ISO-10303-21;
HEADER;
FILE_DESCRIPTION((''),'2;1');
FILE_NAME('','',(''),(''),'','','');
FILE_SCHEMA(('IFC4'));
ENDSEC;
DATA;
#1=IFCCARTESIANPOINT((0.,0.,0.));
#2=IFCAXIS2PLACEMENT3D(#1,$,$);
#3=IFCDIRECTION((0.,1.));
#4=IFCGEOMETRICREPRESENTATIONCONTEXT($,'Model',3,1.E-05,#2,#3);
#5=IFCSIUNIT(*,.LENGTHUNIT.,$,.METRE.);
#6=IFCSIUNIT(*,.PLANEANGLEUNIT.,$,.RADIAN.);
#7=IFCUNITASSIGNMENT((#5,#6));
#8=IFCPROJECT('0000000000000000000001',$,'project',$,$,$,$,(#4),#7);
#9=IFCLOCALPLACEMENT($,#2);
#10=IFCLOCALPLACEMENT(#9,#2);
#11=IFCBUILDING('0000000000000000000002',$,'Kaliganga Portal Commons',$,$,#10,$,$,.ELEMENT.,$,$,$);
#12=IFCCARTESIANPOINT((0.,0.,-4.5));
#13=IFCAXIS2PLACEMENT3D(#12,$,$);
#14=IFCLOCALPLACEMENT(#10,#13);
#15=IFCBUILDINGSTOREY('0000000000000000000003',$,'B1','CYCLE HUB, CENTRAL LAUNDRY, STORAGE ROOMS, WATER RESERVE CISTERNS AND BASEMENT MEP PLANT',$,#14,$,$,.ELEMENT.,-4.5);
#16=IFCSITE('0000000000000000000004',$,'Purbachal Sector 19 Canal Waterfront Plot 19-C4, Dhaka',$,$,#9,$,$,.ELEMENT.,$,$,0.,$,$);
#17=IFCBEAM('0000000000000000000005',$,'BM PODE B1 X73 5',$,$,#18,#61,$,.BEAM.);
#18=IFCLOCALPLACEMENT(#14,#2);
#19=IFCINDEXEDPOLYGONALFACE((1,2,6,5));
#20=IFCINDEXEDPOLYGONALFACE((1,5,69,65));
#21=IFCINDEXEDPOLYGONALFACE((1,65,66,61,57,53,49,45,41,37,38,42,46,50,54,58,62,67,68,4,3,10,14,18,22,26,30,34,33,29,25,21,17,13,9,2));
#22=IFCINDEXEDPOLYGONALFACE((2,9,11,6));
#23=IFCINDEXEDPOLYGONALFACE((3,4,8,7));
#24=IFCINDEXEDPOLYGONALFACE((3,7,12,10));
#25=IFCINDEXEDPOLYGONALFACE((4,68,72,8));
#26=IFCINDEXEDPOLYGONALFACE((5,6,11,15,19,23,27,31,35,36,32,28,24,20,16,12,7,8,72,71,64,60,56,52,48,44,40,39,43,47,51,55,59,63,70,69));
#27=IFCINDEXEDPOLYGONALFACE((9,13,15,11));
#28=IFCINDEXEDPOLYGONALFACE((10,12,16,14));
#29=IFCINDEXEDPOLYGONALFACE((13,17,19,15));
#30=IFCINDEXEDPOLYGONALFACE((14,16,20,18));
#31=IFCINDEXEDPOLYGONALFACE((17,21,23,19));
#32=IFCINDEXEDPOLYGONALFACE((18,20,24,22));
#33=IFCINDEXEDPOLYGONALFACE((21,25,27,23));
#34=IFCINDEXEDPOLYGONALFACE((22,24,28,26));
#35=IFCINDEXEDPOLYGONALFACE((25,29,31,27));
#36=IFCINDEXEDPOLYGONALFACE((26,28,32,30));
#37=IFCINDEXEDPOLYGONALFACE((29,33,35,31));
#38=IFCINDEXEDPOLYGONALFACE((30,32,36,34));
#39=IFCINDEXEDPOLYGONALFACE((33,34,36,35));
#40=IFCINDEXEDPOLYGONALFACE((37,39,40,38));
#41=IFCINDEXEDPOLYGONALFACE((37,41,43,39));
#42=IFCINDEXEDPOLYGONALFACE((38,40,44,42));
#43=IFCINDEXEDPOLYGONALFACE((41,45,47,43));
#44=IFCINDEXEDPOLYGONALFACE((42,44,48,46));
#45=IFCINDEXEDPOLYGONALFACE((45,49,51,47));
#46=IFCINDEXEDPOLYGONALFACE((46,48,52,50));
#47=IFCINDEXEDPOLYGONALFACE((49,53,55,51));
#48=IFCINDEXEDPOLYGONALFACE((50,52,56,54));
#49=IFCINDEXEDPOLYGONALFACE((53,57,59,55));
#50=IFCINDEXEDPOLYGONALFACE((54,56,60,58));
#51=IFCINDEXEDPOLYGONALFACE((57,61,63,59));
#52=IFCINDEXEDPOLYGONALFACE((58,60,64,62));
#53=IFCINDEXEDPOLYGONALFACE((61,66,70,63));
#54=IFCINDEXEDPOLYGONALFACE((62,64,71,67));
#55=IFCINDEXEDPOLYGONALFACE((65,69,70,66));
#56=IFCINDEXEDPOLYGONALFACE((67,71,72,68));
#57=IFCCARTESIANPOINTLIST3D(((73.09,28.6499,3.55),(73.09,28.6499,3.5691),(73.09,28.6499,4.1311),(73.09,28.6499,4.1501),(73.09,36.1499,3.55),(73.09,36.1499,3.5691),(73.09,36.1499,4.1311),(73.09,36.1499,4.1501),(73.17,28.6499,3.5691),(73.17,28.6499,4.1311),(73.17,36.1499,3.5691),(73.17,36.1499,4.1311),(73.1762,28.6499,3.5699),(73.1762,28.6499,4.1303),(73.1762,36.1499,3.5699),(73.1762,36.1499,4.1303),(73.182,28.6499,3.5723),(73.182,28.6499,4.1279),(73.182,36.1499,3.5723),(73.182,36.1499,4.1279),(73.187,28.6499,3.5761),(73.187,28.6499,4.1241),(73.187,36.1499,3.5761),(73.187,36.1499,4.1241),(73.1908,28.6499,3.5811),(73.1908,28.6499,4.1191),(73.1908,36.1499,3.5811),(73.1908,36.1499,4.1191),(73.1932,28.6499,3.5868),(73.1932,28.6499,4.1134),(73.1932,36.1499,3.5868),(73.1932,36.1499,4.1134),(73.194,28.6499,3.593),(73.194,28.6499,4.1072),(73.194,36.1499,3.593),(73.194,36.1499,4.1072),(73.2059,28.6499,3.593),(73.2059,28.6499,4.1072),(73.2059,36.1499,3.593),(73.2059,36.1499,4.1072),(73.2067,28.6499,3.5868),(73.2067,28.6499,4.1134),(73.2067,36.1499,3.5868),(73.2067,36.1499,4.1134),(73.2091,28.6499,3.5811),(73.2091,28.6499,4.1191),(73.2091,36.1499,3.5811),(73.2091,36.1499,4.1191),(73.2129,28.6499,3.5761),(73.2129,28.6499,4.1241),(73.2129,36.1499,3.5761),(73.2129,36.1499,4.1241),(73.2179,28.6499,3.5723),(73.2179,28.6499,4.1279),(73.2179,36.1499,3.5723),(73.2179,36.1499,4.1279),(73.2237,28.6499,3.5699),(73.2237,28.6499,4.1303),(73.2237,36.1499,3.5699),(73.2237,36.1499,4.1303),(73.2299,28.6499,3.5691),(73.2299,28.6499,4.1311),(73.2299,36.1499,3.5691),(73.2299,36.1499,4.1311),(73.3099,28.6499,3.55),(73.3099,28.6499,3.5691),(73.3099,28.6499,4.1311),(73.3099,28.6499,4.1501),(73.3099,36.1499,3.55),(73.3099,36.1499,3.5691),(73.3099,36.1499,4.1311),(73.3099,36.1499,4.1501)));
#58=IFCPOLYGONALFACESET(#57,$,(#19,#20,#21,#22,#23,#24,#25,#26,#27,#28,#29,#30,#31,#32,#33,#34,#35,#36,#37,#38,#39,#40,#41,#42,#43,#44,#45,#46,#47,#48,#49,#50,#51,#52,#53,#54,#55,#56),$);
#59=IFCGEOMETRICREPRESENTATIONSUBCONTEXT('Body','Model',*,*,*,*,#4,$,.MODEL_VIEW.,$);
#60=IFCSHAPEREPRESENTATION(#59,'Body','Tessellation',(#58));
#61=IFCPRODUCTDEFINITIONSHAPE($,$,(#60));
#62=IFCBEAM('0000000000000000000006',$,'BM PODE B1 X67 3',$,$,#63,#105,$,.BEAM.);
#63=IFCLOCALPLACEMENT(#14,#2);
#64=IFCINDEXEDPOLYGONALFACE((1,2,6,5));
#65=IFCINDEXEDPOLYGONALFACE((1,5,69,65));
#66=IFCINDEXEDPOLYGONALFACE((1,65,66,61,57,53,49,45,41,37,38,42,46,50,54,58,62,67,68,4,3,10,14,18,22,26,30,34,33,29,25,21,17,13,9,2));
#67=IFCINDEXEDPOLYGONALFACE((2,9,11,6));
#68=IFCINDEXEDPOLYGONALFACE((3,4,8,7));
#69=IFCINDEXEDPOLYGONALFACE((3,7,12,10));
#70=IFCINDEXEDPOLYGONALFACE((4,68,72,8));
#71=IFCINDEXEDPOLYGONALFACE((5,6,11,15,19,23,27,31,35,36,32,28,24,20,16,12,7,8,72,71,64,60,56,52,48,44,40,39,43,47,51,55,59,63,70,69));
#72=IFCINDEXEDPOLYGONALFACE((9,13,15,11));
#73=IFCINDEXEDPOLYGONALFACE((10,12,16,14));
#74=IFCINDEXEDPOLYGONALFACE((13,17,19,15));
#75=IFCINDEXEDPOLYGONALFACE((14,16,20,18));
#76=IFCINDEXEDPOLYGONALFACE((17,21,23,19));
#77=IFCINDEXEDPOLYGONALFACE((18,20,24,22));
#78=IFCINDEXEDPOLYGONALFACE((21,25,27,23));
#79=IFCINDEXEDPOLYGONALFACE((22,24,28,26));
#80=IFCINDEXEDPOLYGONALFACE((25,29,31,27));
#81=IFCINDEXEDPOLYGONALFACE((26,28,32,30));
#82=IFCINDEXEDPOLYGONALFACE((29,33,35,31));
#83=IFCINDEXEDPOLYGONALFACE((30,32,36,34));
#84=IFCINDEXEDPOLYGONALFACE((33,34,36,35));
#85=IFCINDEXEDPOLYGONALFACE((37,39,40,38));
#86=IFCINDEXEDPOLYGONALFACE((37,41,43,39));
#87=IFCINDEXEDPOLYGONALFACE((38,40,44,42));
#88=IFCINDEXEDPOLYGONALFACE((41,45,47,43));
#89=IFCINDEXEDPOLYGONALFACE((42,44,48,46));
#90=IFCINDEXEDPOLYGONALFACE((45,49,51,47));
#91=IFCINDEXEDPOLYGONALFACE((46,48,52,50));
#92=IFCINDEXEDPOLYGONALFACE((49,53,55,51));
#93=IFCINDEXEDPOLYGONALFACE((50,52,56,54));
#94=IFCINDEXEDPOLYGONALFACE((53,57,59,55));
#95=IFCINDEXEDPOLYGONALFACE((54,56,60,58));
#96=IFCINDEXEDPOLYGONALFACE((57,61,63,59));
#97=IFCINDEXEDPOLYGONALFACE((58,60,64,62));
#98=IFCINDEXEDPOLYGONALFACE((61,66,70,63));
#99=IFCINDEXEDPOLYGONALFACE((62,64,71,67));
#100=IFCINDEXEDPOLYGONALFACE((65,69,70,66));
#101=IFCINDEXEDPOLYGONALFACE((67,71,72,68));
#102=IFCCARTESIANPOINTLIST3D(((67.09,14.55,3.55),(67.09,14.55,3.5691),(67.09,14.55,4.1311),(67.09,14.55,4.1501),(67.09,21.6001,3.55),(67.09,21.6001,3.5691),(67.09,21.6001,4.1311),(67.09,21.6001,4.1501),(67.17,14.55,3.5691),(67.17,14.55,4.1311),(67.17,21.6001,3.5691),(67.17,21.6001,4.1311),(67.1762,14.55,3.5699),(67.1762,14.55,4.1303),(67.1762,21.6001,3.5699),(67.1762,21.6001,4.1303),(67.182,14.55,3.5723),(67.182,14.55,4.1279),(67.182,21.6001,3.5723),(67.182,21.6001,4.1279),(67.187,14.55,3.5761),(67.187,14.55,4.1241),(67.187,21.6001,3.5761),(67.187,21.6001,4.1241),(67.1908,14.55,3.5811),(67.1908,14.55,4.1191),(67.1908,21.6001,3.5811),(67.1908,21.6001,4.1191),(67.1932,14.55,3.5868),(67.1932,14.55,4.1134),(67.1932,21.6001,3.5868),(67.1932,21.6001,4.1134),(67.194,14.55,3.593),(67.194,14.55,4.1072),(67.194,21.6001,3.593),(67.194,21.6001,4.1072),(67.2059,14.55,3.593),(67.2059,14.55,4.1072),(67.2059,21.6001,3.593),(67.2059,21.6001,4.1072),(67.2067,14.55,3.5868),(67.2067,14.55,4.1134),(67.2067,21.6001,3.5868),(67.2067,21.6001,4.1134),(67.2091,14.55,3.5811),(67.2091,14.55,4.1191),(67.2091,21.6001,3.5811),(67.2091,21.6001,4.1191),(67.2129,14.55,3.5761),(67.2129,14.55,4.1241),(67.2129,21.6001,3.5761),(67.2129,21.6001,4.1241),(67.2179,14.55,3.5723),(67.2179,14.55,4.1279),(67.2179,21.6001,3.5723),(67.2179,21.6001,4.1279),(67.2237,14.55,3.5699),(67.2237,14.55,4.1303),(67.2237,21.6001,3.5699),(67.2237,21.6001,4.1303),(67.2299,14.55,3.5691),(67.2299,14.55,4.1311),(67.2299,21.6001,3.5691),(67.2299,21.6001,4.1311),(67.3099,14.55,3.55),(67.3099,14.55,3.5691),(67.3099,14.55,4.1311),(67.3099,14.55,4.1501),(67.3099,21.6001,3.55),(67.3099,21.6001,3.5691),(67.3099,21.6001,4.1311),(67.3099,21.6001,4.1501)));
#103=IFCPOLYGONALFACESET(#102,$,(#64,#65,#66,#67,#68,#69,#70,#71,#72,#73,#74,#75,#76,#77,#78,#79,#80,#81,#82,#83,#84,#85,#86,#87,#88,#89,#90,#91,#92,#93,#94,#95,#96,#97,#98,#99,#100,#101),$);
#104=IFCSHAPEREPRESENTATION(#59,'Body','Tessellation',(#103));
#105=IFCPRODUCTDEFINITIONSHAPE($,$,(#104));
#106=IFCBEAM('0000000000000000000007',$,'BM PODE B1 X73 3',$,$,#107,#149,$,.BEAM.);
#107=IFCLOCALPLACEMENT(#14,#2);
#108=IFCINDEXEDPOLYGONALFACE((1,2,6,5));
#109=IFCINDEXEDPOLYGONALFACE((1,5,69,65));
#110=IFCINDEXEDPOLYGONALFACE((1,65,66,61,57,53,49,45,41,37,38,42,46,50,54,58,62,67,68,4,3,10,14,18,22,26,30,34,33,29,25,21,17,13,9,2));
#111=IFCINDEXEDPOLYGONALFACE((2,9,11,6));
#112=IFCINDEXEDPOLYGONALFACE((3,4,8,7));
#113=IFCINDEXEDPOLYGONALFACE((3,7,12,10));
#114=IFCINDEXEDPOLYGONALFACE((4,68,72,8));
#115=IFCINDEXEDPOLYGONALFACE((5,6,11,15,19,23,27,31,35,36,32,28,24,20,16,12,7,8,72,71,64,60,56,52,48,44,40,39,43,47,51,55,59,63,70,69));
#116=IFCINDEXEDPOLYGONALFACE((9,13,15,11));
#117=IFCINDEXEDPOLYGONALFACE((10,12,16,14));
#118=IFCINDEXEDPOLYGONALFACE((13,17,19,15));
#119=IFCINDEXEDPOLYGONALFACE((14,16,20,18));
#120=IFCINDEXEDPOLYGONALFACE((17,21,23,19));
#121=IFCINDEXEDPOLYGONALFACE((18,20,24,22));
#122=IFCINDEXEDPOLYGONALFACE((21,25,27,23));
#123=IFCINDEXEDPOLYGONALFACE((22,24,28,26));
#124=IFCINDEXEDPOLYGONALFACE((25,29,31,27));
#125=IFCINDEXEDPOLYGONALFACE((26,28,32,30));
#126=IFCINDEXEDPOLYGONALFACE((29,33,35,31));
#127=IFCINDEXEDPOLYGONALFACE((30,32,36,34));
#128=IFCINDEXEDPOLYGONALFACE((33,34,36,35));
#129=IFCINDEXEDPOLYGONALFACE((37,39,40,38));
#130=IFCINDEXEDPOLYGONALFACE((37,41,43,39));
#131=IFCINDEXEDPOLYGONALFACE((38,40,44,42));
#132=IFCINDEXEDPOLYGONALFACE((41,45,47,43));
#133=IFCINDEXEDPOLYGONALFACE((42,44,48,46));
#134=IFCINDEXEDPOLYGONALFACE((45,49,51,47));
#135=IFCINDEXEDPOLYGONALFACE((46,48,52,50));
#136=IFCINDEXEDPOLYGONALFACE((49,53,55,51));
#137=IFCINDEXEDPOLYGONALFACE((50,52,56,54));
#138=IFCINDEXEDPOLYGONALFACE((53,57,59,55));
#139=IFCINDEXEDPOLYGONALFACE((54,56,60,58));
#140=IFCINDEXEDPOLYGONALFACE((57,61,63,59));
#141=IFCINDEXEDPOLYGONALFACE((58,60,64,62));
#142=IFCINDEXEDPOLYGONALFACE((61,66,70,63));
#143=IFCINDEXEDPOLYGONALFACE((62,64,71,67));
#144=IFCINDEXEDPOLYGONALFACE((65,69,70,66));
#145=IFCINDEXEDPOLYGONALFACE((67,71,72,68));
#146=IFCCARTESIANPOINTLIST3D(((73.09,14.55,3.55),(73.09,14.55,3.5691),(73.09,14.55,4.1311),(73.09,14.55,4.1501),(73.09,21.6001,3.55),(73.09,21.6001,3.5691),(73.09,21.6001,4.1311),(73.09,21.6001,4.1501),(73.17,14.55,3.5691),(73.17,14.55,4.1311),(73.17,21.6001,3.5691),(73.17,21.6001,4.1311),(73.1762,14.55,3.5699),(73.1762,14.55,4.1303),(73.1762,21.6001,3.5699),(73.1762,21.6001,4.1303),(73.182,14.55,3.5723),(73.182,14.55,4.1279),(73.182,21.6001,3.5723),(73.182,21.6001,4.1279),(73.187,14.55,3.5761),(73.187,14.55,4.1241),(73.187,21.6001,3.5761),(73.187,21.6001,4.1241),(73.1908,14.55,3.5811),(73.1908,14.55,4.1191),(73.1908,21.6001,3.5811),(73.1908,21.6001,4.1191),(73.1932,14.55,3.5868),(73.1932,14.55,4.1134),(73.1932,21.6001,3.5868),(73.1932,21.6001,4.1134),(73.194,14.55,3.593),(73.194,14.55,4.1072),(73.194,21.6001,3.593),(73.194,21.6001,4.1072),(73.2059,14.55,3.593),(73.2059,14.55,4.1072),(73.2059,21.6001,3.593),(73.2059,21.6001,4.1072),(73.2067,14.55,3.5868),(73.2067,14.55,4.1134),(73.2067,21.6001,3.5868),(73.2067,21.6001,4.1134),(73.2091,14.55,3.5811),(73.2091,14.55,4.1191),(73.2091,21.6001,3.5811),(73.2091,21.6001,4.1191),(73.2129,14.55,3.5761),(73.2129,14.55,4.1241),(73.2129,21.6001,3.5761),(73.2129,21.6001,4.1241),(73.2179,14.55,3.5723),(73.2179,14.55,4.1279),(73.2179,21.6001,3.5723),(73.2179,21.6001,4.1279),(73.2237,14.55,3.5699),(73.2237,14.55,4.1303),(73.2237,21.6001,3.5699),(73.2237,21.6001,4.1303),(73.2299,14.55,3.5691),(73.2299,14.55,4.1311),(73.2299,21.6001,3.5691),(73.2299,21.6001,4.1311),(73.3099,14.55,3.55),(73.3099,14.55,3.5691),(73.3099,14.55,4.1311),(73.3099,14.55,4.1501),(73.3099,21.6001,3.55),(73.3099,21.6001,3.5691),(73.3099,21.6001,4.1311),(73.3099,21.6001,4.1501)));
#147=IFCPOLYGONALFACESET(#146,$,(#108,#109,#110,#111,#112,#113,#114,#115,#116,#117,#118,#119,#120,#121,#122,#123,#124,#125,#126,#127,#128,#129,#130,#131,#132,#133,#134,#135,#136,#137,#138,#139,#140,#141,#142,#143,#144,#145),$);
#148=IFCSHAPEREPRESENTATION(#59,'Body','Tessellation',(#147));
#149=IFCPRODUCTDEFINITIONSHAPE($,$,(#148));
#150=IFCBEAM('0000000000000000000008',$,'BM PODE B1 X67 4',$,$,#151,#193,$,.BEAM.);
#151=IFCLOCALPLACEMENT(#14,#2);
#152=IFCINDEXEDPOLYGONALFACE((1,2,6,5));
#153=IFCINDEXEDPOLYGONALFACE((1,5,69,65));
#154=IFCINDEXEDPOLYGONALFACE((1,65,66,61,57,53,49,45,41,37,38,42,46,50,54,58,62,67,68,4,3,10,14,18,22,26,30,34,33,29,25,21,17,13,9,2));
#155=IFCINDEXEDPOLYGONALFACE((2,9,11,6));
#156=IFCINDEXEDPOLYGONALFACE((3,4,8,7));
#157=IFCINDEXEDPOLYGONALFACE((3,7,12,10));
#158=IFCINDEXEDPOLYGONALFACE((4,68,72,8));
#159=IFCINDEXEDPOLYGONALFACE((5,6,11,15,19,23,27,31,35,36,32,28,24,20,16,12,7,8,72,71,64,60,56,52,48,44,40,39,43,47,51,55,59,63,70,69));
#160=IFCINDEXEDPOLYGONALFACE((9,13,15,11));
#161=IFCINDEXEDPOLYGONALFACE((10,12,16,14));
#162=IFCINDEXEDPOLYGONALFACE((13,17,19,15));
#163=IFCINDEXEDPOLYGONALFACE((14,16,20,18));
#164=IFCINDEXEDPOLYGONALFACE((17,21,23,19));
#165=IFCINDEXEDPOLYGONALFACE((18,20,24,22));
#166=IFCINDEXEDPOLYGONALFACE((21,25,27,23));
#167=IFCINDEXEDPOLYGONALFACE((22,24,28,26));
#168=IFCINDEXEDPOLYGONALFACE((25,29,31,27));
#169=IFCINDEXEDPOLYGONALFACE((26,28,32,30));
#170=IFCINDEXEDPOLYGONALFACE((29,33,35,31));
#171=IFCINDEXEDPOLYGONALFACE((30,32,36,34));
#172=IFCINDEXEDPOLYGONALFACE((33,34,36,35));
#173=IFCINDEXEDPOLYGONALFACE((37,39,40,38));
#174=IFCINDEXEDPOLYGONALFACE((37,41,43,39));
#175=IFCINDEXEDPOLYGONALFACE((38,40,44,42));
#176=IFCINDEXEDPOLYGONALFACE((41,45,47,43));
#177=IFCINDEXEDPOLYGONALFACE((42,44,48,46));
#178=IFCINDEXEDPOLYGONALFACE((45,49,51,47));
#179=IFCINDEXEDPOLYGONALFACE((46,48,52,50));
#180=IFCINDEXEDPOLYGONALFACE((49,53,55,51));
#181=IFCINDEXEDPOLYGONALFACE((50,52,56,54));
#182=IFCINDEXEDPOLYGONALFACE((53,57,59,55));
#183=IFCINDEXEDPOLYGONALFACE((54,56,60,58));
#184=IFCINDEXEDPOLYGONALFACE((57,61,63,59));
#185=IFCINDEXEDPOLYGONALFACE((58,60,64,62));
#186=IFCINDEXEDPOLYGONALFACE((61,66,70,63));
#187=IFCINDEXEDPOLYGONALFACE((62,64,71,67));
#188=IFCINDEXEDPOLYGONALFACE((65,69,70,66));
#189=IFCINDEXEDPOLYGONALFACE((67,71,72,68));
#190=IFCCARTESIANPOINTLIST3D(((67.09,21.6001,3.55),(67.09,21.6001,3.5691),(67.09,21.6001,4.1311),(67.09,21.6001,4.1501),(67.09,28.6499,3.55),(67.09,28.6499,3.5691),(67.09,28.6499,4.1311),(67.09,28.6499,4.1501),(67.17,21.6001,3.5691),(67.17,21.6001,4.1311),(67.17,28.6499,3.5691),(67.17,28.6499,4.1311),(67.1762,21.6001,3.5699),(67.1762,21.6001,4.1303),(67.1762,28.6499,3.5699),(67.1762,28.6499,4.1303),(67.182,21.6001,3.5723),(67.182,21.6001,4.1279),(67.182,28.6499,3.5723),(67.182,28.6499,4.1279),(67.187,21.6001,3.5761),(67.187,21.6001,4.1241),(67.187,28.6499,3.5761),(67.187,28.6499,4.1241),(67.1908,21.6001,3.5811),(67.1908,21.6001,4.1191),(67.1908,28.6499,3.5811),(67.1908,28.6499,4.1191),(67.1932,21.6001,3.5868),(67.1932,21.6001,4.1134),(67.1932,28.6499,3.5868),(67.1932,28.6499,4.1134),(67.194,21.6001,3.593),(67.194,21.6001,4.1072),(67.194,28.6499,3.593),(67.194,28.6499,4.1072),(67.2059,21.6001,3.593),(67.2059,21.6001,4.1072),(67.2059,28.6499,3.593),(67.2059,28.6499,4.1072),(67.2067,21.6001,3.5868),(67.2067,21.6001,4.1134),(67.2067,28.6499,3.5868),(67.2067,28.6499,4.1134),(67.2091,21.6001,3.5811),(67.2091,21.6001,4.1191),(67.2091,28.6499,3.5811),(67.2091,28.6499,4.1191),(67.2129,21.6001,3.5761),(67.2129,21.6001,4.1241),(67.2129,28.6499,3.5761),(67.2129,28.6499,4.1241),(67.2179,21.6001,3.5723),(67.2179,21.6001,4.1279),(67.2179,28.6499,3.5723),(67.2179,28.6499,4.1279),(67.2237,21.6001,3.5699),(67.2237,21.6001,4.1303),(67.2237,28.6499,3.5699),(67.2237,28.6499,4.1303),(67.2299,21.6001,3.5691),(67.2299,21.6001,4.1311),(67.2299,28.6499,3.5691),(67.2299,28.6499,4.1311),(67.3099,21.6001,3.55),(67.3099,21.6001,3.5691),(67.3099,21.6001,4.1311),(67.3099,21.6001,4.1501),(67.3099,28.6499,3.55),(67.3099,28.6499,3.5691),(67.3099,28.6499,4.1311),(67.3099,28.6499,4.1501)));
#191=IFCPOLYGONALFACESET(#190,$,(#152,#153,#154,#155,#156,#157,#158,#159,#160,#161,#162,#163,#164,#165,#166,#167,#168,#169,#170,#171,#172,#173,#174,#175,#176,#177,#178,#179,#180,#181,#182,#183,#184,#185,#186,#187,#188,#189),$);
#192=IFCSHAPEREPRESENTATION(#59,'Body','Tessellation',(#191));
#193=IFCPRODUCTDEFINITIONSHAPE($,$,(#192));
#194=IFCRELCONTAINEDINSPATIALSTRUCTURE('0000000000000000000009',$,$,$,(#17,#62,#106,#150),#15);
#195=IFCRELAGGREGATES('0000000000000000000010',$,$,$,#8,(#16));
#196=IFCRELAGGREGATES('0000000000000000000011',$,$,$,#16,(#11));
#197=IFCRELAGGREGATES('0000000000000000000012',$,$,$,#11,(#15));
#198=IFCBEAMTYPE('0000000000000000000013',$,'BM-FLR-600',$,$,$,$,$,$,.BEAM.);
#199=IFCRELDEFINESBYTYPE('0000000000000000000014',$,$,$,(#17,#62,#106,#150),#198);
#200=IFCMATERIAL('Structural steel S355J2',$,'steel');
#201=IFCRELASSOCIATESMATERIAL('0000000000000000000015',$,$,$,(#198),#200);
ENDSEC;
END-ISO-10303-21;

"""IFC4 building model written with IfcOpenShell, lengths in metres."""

from ifc_helpers import new_model, si_unit, direction, frame, origin, origin_2d, place, context, subcontext, project, spatial, i_section, extrude, source, transform, mapped, material, material_profile, profile_set, type_object, element, save


model = new_model("IFC4")

# Units and contexts
model_context = context("Model", 3, precision=1e-05, world=origin(), true_north=direction((0.0, 1.0)))
body_context = subcontext(model_context, "Body", "Model", "MODEL_VIEW")
ifc_project = project(units=[si_unit("LENGTHUNIT", "METRE"), si_unit("PLANEANGLEUNIT", "RADIAN")], contexts=[model_context])

# Site, building, storey
site_placement = place(None, origin())
site = spatial("IfcSite", under=ifc_project, at=site_placement, Name="Purbachal Sector 19 Canal Waterfront Plot 19-C4, Dhaka", CompositionType="ELEMENT", RefElevation=0.0)
building_placement = place(site_placement, origin())
building = spatial("IfcBuilding", under=site, at=building_placement, Name="Kaliganga Portal Commons", CompositionType="ELEMENT")
storey_placement = place(building_placement, frame((0.0, 0.0, -4.5)))
storey = spatial("IfcBuildingStorey", under=building, at=storey_placement, Name="B1", Description="CYCLE HUB, CENTRAL LAUNDRY, STORAGE ROOMS, WATER RESERVE CISTERNS AND BASEMENT MEP PLANT", CompositionType="ELEMENT", Elevation=-4.5)

# Beams
ifc_material_1 = material(Name="Structural steel S355J2", Category="steel")
ifc_material_profile_1 = material_profile(ifc_material_1, i_section(OverallWidth=0.22, OverallDepth=0.6001, WebThickness=0.012, FlangeThickness=0.019, FilletRadius=0.0239, at=origin_2d()), Name="IPE 600")
ifc_profile_set_1 = profile_set([ifc_material_profile_1], Name="Structural steel S355J2 wide-flange")
beam_type_1 = type_object("IfcBeamType", Name="BM-FLR-600", PredefinedType="BEAM", material=ifc_profile_set_1)
shared_shape_1 = source(origin(), body_context, "Body", "SweptSolid", [
    extrude(i_section(OverallWidth=0.22, OverallDepth=0.6001, WebThickness=0.012, FlangeThickness=0.019, FilletRadius=0.0239, at=origin_2d()), origin(), (0.0, 0.0, 1.0), 7.5),
])
for number, where, z_axis, x_axis, name in (
    (1, (73.2, 28.6499, 3.8501), (0.0, 1.0, 0.0), (-1.0, 0.0, 0.0), "BM PODE B1 X73 5"),
):
    element("IfcBeam", number, at=place(storey_placement, frame(where, z_axis=z_axis, x_axis=x_axis)), inside=storey, type_object=beam_type_1, Name=name, PredefinedType="BEAM", context=body_context, shape_type="MappedRepresentation", body=[
        mapped(shared_shape_1, transform((0.0, 0.0, 0.0), x_axis=(1.0, 0.0, 0.0), y_axis=(0.0, 1.0, 0.0), z_axis=(0.0, 0.0, 1.0), scale=1.0)),
    ])
shared_shape_2 = source(origin(), body_context, "Body", "SweptSolid", [
    extrude(i_section(OverallWidth=0.22, OverallDepth=0.6001, WebThickness=0.012, FlangeThickness=0.019, FilletRadius=0.0239, at=origin_2d()), origin(), (0.0, 0.0, 1.0), 7.05),
])
for number, where, z_axis, x_axis, name in (
    (2, (67.2, 14.55, 3.8501), (0.0, 1.0, 0.0), (-1.0, 0.0, 0.0), "BM PODE B1 X67 3"),
    (3, (73.2, 14.55, 3.8501), (0.0, 1.0, 0.0), (-1.0, 0.0, 0.0), "BM PODE B1 X73 3"),
):
    element("IfcBeam", number, at=place(storey_placement, frame(where, z_axis=z_axis, x_axis=x_axis)), inside=storey, type_object=beam_type_1, Name=name, PredefinedType="BEAM", context=body_context, shape_type="MappedRepresentation", body=[
        mapped(shared_shape_2, transform((0.0, 0.0, 0.0), x_axis=(1.0, 0.0, 0.0), y_axis=(0.0, 1.0, 0.0), z_axis=(0.0, 0.0, 1.0), scale=1.0)),
    ])
shared_shape_3 = source(origin(), body_context, "Body", "SweptSolid", [
    extrude(i_section(OverallWidth=0.22, OverallDepth=0.6001, WebThickness=0.012, FlangeThickness=0.019, FilletRadius=0.0239, at=origin_2d()), origin(), (0.0, 0.0, 1.0), 7.0498),
])
for number, where, z_axis, x_axis, name in (
    (4, (67.2, 21.6001, 3.8501), (0.0, 1.0, 0.0), (-1.0, 0.0, 0.0), "BM PODE B1 X67 4"),
):
    element("IfcBeam", number, at=place(storey_placement, frame(where, z_axis=z_axis, x_axis=x_axis)), inside=storey, type_object=beam_type_1, Name=name, PredefinedType="BEAM", context=body_context, shape_type="MappedRepresentation", body=[
        mapped(shared_shape_3, transform((0.0, 0.0, 0.0), x_axis=(1.0, 0.0, 0.0), y_axis=(0.0, 1.0, 0.0), z_axis=(0.0, 0.0, 1.0), scale=1.0)),
    ])

save(model, "model.ifc")
